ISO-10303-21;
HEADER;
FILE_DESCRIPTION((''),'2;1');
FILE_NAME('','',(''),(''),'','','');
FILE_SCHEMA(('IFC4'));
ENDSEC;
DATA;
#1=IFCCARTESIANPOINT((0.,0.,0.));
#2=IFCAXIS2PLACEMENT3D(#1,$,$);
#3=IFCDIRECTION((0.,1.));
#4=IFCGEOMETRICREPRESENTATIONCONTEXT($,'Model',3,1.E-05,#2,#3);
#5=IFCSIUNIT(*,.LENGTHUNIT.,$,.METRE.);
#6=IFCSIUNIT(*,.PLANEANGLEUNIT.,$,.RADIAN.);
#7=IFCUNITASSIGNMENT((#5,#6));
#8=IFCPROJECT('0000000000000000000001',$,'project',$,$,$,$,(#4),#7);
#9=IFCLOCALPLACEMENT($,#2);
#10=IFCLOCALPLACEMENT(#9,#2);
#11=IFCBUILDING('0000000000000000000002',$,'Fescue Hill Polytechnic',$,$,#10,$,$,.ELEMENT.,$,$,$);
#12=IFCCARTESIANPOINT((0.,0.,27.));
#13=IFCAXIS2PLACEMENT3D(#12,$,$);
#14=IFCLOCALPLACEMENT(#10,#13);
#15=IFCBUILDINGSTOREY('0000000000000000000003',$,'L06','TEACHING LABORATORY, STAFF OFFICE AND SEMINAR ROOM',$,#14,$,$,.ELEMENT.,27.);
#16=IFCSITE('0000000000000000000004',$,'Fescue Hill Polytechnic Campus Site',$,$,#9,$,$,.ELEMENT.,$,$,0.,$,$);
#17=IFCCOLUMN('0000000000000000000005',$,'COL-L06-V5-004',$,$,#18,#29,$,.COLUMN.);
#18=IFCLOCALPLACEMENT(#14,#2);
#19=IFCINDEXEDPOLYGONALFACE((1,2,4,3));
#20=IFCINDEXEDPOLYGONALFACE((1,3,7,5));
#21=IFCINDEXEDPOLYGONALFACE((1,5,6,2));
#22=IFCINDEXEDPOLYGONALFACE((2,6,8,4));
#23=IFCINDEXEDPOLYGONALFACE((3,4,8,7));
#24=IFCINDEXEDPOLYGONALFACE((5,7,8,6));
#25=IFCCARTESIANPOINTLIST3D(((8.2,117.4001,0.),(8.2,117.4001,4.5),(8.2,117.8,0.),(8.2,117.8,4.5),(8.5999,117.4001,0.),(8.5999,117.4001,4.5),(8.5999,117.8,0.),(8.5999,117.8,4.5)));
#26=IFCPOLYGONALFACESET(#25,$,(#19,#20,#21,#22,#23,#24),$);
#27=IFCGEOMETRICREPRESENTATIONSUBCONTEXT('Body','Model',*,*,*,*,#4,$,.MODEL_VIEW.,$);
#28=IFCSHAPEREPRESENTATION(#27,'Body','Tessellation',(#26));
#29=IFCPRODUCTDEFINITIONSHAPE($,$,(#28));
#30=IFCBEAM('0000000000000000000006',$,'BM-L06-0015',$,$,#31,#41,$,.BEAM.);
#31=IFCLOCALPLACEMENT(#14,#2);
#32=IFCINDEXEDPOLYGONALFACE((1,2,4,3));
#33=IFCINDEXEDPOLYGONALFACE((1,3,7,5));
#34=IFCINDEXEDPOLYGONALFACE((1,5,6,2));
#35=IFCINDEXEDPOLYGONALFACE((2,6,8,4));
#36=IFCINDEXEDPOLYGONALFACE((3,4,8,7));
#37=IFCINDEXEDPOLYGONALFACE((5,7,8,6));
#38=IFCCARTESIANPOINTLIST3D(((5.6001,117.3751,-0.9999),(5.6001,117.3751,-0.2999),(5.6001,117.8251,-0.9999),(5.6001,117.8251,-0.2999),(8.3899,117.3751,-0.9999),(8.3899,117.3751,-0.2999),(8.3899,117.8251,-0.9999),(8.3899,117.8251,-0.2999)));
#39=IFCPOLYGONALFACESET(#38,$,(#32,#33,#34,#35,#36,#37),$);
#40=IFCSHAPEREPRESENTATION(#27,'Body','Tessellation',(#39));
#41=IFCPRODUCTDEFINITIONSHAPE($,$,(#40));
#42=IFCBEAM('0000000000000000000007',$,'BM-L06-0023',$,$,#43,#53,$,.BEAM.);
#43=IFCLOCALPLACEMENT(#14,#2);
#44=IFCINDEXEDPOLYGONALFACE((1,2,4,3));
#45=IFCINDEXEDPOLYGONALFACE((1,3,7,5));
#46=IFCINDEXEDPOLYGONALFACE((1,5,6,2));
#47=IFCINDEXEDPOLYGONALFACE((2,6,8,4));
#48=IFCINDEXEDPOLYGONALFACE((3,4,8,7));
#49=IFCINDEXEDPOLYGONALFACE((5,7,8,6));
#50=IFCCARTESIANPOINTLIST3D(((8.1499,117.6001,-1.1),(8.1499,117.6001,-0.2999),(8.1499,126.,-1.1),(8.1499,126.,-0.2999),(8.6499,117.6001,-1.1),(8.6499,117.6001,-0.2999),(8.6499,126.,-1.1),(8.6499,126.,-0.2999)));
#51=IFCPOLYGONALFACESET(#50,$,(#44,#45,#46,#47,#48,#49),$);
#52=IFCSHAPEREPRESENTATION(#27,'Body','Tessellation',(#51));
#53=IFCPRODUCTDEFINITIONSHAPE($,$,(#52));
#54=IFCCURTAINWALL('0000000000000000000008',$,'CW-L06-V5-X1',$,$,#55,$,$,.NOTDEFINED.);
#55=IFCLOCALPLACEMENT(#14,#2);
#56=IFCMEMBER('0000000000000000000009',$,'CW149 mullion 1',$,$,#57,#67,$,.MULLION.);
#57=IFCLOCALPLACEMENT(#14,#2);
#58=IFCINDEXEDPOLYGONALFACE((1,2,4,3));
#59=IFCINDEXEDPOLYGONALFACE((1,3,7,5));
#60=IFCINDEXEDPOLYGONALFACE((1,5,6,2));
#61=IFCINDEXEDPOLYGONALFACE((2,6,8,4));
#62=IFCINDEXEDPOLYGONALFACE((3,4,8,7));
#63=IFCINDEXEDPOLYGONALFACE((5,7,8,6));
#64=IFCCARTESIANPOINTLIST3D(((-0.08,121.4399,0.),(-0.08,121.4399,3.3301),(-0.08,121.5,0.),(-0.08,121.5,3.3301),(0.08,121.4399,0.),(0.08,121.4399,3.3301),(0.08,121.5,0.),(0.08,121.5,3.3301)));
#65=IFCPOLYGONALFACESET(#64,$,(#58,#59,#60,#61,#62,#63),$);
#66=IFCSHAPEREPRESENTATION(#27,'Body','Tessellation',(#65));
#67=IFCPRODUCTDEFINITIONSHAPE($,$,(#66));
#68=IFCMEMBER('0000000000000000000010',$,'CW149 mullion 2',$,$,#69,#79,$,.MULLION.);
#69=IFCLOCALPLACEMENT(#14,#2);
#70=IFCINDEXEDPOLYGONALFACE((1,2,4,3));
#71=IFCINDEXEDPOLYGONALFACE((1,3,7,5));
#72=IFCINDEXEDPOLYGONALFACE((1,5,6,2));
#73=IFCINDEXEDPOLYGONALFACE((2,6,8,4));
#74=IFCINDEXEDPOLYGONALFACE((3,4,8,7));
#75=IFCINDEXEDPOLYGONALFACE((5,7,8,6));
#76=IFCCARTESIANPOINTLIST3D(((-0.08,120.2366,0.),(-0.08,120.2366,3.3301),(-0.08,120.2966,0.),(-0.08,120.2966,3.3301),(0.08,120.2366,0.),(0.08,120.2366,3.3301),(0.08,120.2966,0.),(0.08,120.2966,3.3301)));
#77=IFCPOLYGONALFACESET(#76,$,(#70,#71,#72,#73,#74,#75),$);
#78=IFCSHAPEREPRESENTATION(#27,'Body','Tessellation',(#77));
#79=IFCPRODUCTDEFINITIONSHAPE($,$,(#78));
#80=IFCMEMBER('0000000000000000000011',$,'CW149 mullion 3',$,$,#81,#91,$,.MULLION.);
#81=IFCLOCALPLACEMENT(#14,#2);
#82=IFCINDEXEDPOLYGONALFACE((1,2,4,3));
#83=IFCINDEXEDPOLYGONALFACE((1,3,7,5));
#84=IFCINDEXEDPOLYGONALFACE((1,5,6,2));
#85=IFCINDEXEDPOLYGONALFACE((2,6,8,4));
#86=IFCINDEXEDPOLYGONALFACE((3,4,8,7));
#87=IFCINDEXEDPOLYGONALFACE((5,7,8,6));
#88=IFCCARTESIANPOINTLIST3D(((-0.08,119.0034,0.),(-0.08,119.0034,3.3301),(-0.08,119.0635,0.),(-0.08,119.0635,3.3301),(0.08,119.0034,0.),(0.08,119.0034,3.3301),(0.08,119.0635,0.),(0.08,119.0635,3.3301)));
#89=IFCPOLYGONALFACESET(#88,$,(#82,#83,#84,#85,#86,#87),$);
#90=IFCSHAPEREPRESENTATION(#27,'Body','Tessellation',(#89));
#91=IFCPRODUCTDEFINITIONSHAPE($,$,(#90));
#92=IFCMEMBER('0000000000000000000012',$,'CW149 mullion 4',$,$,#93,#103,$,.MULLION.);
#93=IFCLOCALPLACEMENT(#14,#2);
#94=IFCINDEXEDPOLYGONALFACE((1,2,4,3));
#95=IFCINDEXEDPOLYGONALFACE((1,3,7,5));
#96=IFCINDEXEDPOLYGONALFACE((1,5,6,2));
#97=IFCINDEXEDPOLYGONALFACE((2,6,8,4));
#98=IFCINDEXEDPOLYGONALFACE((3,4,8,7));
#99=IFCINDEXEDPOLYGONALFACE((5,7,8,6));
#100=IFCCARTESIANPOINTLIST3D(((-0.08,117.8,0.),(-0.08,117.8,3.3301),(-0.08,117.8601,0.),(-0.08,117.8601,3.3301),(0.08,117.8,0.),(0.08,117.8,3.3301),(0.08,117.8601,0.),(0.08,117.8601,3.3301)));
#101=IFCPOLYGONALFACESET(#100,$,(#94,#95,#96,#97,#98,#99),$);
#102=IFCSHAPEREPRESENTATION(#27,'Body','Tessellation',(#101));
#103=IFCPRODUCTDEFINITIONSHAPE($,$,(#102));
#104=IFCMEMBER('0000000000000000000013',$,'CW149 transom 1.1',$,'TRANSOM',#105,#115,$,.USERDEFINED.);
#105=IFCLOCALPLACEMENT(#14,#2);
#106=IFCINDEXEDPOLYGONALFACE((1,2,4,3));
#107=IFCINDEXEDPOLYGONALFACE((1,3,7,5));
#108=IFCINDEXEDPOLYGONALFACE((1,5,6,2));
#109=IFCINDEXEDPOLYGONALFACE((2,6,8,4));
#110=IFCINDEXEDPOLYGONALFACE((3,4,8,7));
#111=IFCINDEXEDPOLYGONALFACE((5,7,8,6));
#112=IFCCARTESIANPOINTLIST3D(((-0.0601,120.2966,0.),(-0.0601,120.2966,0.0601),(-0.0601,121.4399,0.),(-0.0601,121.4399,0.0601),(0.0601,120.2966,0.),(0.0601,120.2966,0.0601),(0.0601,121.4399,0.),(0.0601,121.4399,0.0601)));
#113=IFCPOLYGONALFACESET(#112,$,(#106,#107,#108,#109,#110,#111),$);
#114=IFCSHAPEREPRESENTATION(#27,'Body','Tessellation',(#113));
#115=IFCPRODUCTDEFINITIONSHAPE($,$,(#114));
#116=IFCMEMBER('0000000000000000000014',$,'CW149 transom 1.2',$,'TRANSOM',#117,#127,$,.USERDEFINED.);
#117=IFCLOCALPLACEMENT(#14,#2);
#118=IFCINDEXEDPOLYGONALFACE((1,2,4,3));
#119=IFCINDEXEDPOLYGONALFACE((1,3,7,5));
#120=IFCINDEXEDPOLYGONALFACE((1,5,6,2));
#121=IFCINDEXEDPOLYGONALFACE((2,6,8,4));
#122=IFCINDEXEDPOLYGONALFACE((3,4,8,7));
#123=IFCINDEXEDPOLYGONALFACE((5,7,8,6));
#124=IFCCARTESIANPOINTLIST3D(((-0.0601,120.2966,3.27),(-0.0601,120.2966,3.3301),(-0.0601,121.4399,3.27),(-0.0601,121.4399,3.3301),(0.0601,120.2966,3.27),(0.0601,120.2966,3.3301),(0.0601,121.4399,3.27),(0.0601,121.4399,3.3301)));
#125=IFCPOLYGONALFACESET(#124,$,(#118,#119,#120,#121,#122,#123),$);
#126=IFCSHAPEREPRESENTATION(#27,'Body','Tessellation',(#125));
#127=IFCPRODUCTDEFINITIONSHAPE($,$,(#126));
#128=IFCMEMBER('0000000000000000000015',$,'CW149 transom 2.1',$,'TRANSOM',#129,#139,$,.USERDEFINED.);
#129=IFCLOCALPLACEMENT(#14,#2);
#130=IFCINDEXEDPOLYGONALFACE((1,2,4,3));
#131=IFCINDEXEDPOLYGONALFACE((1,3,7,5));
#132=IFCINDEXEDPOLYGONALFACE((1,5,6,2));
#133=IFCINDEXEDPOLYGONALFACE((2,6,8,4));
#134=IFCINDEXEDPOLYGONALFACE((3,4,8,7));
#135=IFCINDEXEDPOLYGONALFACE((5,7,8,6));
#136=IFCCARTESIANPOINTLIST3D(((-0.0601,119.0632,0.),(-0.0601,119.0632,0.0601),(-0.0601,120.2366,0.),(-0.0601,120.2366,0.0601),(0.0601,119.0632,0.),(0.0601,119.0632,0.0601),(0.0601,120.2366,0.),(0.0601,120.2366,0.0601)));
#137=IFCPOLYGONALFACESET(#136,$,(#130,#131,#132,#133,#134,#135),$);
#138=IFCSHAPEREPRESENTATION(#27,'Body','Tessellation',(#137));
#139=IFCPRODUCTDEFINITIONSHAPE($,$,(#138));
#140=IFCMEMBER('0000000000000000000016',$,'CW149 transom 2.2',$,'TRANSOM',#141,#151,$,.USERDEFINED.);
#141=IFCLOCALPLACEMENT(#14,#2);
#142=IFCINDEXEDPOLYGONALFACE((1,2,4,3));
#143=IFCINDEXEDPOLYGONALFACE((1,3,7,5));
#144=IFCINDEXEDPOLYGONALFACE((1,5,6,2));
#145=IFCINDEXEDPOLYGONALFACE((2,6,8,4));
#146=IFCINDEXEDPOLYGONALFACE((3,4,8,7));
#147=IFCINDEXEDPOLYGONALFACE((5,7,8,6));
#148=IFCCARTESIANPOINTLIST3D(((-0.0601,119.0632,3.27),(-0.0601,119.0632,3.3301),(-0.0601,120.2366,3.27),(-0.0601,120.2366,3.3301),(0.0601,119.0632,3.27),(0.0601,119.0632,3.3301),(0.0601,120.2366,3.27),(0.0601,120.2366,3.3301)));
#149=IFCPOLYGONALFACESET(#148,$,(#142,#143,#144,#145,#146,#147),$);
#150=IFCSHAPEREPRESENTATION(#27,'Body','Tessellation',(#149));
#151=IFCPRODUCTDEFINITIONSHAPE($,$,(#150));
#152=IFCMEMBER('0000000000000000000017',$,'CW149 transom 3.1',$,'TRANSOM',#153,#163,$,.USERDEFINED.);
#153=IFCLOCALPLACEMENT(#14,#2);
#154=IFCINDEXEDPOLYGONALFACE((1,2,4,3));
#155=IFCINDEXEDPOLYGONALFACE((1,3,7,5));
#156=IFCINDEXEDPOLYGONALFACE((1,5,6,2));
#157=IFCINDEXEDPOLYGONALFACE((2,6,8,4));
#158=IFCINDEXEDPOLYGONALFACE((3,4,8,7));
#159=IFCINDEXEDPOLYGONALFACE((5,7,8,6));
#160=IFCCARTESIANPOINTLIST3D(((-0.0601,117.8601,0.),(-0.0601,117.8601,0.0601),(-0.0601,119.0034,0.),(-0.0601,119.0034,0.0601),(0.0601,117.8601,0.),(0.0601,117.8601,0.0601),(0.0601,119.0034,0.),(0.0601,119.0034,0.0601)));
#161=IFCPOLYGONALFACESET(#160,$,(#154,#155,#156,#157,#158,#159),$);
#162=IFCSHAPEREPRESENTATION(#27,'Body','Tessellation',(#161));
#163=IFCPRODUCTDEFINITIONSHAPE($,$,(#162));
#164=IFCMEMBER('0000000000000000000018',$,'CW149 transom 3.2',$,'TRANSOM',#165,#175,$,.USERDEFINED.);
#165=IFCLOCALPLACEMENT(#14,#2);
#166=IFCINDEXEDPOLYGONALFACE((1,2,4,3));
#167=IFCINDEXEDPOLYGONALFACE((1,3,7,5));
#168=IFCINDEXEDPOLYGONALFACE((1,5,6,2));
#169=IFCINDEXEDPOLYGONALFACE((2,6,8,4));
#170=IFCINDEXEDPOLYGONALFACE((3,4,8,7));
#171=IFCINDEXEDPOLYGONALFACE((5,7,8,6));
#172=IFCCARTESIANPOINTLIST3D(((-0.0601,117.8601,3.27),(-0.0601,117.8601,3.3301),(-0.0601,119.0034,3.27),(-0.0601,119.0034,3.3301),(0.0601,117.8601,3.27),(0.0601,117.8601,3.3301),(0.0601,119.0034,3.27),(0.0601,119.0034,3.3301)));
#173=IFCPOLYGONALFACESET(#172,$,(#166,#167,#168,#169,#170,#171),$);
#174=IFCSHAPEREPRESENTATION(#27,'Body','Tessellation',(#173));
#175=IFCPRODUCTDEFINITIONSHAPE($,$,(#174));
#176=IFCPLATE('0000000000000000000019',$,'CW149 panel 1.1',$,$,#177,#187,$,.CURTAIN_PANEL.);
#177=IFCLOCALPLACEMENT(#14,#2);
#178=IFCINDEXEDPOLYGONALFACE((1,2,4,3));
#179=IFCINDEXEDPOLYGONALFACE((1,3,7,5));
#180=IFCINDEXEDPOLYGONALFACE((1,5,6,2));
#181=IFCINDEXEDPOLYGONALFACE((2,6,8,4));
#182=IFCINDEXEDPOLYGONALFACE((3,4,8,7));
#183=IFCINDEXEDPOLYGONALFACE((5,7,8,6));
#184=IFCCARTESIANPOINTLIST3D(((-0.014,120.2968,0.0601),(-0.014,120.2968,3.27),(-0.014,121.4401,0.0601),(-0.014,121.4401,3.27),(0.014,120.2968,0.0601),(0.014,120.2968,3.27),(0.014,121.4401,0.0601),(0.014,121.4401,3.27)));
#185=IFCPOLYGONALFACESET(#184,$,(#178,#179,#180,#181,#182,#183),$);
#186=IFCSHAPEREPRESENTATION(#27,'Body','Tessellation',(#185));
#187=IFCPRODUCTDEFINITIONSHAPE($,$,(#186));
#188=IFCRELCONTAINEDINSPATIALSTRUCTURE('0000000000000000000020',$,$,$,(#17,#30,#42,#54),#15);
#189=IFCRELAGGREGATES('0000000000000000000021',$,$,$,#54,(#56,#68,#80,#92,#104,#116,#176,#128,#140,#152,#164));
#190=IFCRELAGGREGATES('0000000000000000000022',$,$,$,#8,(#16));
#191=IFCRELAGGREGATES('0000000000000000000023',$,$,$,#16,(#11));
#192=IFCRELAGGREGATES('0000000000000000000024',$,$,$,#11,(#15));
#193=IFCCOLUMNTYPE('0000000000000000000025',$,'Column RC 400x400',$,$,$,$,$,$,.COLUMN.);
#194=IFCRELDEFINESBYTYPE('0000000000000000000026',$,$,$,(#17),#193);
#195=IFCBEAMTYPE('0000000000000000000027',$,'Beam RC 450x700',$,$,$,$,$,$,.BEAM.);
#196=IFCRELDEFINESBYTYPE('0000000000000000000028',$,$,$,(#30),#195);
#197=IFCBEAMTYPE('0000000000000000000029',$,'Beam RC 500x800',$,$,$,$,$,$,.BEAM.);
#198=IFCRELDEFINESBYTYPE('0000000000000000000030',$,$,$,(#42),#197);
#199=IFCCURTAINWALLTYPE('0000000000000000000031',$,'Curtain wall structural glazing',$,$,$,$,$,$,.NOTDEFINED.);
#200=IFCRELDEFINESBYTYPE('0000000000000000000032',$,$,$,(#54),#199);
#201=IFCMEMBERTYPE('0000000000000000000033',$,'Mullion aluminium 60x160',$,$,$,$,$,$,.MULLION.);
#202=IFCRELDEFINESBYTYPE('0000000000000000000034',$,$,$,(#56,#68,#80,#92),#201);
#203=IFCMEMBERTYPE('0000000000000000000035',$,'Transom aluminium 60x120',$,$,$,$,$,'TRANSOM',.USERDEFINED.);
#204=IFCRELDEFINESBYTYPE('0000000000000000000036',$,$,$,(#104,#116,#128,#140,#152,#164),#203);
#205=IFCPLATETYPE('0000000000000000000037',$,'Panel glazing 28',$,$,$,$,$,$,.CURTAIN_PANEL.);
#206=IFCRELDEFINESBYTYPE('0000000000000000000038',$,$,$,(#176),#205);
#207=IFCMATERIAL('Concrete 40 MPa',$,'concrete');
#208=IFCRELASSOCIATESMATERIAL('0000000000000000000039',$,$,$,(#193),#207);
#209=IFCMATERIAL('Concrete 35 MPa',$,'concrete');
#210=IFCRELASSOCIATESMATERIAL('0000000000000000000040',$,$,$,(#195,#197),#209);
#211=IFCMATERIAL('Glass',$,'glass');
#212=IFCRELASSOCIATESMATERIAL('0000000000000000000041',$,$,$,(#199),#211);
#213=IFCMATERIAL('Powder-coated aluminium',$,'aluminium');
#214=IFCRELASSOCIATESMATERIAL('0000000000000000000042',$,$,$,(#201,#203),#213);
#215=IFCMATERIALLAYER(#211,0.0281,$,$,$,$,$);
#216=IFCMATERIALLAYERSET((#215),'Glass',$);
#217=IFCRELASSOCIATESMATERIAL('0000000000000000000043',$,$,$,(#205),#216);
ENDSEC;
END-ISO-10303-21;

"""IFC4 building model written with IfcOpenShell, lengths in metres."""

from ifc_helpers import new_model, si_unit, direction, frame, origin, origin_2d, place, context, subcontext, project, spatial, rectangle, extrude, material, layer, layer_set, material_profile, profile_set, type_object, element, aggregate, save


model = new_model("IFC4")

# Units and contexts
model_context = context("Model", 3, precision=1e-05, world=origin(), true_north=direction((0.0, 1.0)))
body_context = subcontext(model_context, "Body", "Model", "MODEL_VIEW")
ifc_project = project(units=[si_unit("LENGTHUNIT", "METRE"), si_unit("PLANEANGLEUNIT", "RADIAN")], contexts=[model_context])

# Site, building, storey
site_placement = place(None, origin())
site = spatial("IfcSite", under=ifc_project, at=site_placement, Name="Fescue Hill Polytechnic Campus Site", CompositionType="ELEMENT", RefElevation=0.0)
building_placement = place(site_placement, origin())
building = spatial("IfcBuilding", under=site, at=building_placement, Name="Fescue Hill Polytechnic", CompositionType="ELEMENT")
storey_placement = place(building_placement, frame((0.0, 0.0, 27.0)))
storey = spatial("IfcBuildingStorey", under=building, at=storey_placement, Name="L06", Description="TEACHING LABORATORY, STAFF OFFICE AND SEMINAR ROOM", CompositionType="ELEMENT", Elevation=27.0)

# Column
ifc_material_1 = material(Name="Concrete 40 MPa", Category="concrete")
ifc_material_profile_1 = material_profile(ifc_material_1, rectangle(XDim=0.3999, YDim=0.3999, at=origin_2d()), Name="RC 400x400")
ifc_profile_set_1 = profile_set([ifc_material_profile_1], Name="Concrete 40 MPa")
column_type = type_object("IfcColumnType", Name="Column RC 400x400", PredefinedType="COLUMN", material=ifc_profile_set_1)
column_placement = place(storey_placement, frame((8.3999, 117.6001, 0.0), z_axis=(0.0, 0.0, 1.0), x_axis=(1.0, 0.0, 0.0)))
element("IfcColumn", 1, at=column_placement, inside=storey, type_object=column_type, Name="COL-L06-V5-004", PredefinedType="COLUMN", context=body_context, shape_type="SweptSolid", body=[
    extrude(rectangle(XDim=0.3999, YDim=0.3999, at=origin_2d()), origin(), (0.0, 0.0, 1.0), 4.5),
])

# Beams
ifc_material_2 = material(Name="Concrete 35 MPa", Category="concrete")
ifc_material_profile_2 = material_profile(ifc_material_2, rectangle(XDim=0.45, YDim=0.7, at=origin_2d()), Name="RC 450x700")
ifc_profile_set_2 = profile_set([ifc_material_profile_2], Name="Concrete 35 MPa")
beam_type_1 = type_object("IfcBeamType", Name="Beam RC 450x700", PredefinedType="BEAM", material=ifc_profile_set_2)
beam_1_placement = place(storey_placement, frame((5.6001, 117.6001, -0.6499), z_axis=(1.0, 0.0, 0.0), x_axis=(0.0, 1.0, 0.0)))
element("IfcBeam", 2, at=beam_1_placement, inside=storey, type_object=beam_type_1, Name="BM-L06-0015", PredefinedType="BEAM", context=body_context, shape_type="SweptSolid", body=[
    extrude(rectangle(XDim=0.45, YDim=0.7, at=origin_2d()), origin(), (0.0, 0.0, 1.0), 2.7898),
])
ifc_material_profile_3 = material_profile(ifc_material_2, rectangle(XDim=0.5, YDim=0.8, at=origin_2d()), Name="RC 500x800")
ifc_profile_set_3 = profile_set([ifc_material_profile_3], Name="Concrete 35 MPa")
beam_type_2 = type_object("IfcBeamType", Name="Beam RC 500x800", PredefinedType="BEAM", material=ifc_profile_set_3)
beam_2_placement = place(storey_placement, frame((8.3999, 117.6001, -0.7), z_axis=(0.0, 1.0, 0.0), x_axis=(-1.0, 0.0, 0.0)))
element("IfcBeam", 3, at=beam_2_placement, inside=storey, type_object=beam_type_2, Name="BM-L06-0023", PredefinedType="BEAM", context=body_context, shape_type="SweptSolid", body=[
    extrude(rectangle(XDim=0.5, YDim=0.8, at=origin_2d()), origin(), (0.0, 0.0, 1.0), 8.3999),
])

# Curtain wall, members, plate
ifc_material_3 = material(Name="Glass", Category="glass")
curtain_wall_type = type_object("IfcCurtainWallType", Name="Curtain wall structural glazing", PredefinedType="NOTDEFINED", material=ifc_material_3)
curtain_wall_placement = place(storey_placement, origin())
curtain_wall = element("IfcCurtainWall", 4, at=curtain_wall_placement, inside=storey, type_object=curtain_wall_type, Name="CW-L06-V5-X1", PredefinedType="NOTDEFINED")
ifc_material_4 = material(Name="Powder-coated aluminium", Category="aluminium")
ifc_material_profile_4 = material_profile(ifc_material_4, rectangle(XDim=0.1599, YDim=0.0601, at=origin_2d()), Name="Mullion aluminium 60x160")
ifc_profile_set_4 = profile_set([ifc_material_profile_4], Name="Powder-coated aluminium")
member_type_1 = type_object("IfcMemberType", Name="Mullion aluminium 60x160", PredefinedType="MULLION", material=ifc_profile_set_4)
member_1_placement = place(storey_placement, frame((0.0, 121.47, 0.0), z_axis=(0.0, 0.0, 1.0), x_axis=(1.0, 0.0, 0.0)))
member_1 = element("IfcMember", 5, at=member_1_placement, type_object=member_type_1, Name="CW149 mullion 1", PredefinedType="MULLION", context=body_context, shape_type="SweptSolid", body=[
    extrude(rectangle(XDim=0.1599, YDim=0.0601, at=origin_2d()), origin(), (0.0, 0.0, 1.0), 3.3301),
])
member_2_placement = place(storey_placement, frame((0.0, 120.2666, 0.0), z_axis=(0.0, 0.0, 1.0), x_axis=(1.0, 0.0, 0.0)))
member_2 = element("IfcMember", 6, at=member_2_placement, type_object=member_type_1, Name="CW149 mullion 2", PredefinedType="MULLION", context=body_context, shape_type="SweptSolid", body=[
    extrude(rectangle(XDim=0.1599, YDim=0.0601, at=origin_2d()), origin(), (0.0, 0.0, 1.0), 3.3301),
])
member_3_placement = place(storey_placement, frame((0.0, 119.0334, 0.0), z_axis=(0.0, 0.0, 1.0), x_axis=(1.0, 0.0, 0.0)))
member_3 = element("IfcMember", 7, at=member_3_placement, type_object=member_type_1, Name="CW149 mullion 3", PredefinedType="MULLION", context=body_context, shape_type="SweptSolid", body=[
    extrude(rectangle(XDim=0.1599, YDim=0.0601, at=origin_2d()), origin(), (0.0, 0.0, 1.0), 3.3301),
])
member_4_placement = place(storey_placement, frame((0.0, 117.8301, 0.0), z_axis=(0.0, 0.0, 1.0), x_axis=(1.0, 0.0, 0.0)))
member_4 = element("IfcMember", 8, at=member_4_placement, type_object=member_type_1, Name="CW149 mullion 4", PredefinedType="MULLION", context=body_context, shape_type="SweptSolid", body=[
    extrude(rectangle(XDim=0.1599, YDim=0.0601, at=origin_2d()), origin(), (0.0, 0.0, 1.0), 3.3301),
])
ifc_material_profile_5 = material_profile(ifc_material_4, rectangle(XDim=0.1201, YDim=0.0601, at=origin_2d()), Name="Transom aluminium 60x120")
ifc_profile_set_5 = profile_set([ifc_material_profile_5], Name="Powder-coated aluminium")
member_type_2 = type_object("IfcMemberType", Name="Transom aluminium 60x120", ElementType="TRANSOM", PredefinedType="USERDEFINED", material=ifc_profile_set_5)
member_5_placement = place(storey_placement, frame((0.0, 121.4399, 0.03), z_axis=(0.0, -1.0, 0.0), x_axis=(1.0, 0.0, 0.0)))
member_5 = element("IfcMember", 9, at=member_5_placement, type_object=member_type_2, Name="CW149 transom 1.1", ObjectType="TRANSOM", PredefinedType="USERDEFINED", context=body_context, shape_type="SweptSolid", body=[
    extrude(rectangle(XDim=0.1201, YDim=0.0601, at=origin_2d()), origin(), (0.0, 0.0, 1.0), 1.1433),
])
member_6_placement = place(storey_placement, frame((0.0, 121.4399, 3.3), z_axis=(0.0, -1.0, 0.0), x_axis=(1.0, 0.0, 0.0)))
member_6 = element("IfcMember", 10, at=member_6_placement, type_object=member_type_2, Name="CW149 transom 1.2", ObjectType="TRANSOM", PredefinedType="USERDEFINED", context=body_context, shape_type="SweptSolid", body=[
    extrude(rectangle(XDim=0.1201, YDim=0.0601, at=origin_2d()), origin(), (0.0, 0.0, 1.0), 1.1433),
])
member_7_placement = place(storey_placement, frame((0.0, 120.2366, 0.03), z_axis=(0.0, -1.0, 0.0), x_axis=(1.0, 0.0, 0.0)))
member_7 = element("IfcMember", 11, at=member_7_placement, type_object=member_type_2, Name="CW149 transom 2.1", ObjectType="TRANSOM", PredefinedType="USERDEFINED", context=body_context, shape_type="SweptSolid", body=[
    extrude(rectangle(XDim=0.1201, YDim=0.0601, at=origin_2d()), origin(), (0.0, 0.0, 1.0), 1.1733),
])
member_8_placement = place(storey_placement, frame((0.0, 120.2366, 3.3), z_axis=(0.0, -1.0, 0.0), x_axis=(1.0, 0.0, 0.0)))
member_8 = element("IfcMember", 12, at=member_8_placement, type_object=member_type_2, Name="CW149 transom 2.2", ObjectType="TRANSOM", PredefinedType="USERDEFINED", context=body_context, shape_type="SweptSolid", body=[
    extrude(rectangle(XDim=0.1201, YDim=0.0601, at=origin_2d()), origin(), (0.0, 0.0, 1.0), 1.1733),
])
member_9_placement = place(storey_placement, frame((0.0, 119.0034, 0.03), z_axis=(0.0, -1.0, 0.0), x_axis=(1.0, 0.0, 0.0)))
member_9 = element("IfcMember", 13, at=member_9_placement, type_object=member_type_2, Name="CW149 transom 3.1", ObjectType="TRANSOM", PredefinedType="USERDEFINED", context=body_context, shape_type="SweptSolid", body=[
    extrude(rectangle(XDim=0.1201, YDim=0.0601, at=origin_2d()), origin(), (0.0, 0.0, 1.0), 1.1433),
])
member_10_placement = place(storey_placement, frame((0.0, 119.0034, 3.3), z_axis=(0.0, -1.0, 0.0), x_axis=(1.0, 0.0, 0.0)))
member_10 = element("IfcMember", 14, at=member_10_placement, type_object=member_type_2, Name="CW149 transom 3.2", ObjectType="TRANSOM", PredefinedType="USERDEFINED", context=body_context, shape_type="SweptSolid", body=[
    extrude(rectangle(XDim=0.1201, YDim=0.0601, at=origin_2d()), origin(), (0.0, 0.0, 1.0), 1.1433),
])
ifc_layer_1 = layer(ifc_material_3, 0.0281)
ifc_layer_set_1 = layer_set([ifc_layer_1], Name="Glass")
plate_type = type_object("IfcPlateType", Name="Panel glazing 28", PredefinedType="CURTAIN_PANEL", material=ifc_layer_set_1)
plate_1_placement = place(storey_placement, frame((0.0, 120.8684, 0.0601), z_axis=(0.0, 0.0, 1.0), x_axis=(0.0, -1.0, 0.0)))
plate_1 = element("IfcPlate", 15, at=plate_1_placement, type_object=plate_type, Name="CW149 panel 1.1", PredefinedType="CURTAIN_PANEL", context=body_context, shape_type="SweptSolid", body=[
    extrude(rectangle(XDim=1.1433, YDim=0.0281, at=origin_2d()), origin(), (0.0, 0.0, 1.0), 3.21),
])
aggregate(curtain_wall, [member_1, member_2, member_3, member_4, member_5, member_6, plate_1, member_7, member_8, member_9, member_10])

save(model, "model.ifc")
